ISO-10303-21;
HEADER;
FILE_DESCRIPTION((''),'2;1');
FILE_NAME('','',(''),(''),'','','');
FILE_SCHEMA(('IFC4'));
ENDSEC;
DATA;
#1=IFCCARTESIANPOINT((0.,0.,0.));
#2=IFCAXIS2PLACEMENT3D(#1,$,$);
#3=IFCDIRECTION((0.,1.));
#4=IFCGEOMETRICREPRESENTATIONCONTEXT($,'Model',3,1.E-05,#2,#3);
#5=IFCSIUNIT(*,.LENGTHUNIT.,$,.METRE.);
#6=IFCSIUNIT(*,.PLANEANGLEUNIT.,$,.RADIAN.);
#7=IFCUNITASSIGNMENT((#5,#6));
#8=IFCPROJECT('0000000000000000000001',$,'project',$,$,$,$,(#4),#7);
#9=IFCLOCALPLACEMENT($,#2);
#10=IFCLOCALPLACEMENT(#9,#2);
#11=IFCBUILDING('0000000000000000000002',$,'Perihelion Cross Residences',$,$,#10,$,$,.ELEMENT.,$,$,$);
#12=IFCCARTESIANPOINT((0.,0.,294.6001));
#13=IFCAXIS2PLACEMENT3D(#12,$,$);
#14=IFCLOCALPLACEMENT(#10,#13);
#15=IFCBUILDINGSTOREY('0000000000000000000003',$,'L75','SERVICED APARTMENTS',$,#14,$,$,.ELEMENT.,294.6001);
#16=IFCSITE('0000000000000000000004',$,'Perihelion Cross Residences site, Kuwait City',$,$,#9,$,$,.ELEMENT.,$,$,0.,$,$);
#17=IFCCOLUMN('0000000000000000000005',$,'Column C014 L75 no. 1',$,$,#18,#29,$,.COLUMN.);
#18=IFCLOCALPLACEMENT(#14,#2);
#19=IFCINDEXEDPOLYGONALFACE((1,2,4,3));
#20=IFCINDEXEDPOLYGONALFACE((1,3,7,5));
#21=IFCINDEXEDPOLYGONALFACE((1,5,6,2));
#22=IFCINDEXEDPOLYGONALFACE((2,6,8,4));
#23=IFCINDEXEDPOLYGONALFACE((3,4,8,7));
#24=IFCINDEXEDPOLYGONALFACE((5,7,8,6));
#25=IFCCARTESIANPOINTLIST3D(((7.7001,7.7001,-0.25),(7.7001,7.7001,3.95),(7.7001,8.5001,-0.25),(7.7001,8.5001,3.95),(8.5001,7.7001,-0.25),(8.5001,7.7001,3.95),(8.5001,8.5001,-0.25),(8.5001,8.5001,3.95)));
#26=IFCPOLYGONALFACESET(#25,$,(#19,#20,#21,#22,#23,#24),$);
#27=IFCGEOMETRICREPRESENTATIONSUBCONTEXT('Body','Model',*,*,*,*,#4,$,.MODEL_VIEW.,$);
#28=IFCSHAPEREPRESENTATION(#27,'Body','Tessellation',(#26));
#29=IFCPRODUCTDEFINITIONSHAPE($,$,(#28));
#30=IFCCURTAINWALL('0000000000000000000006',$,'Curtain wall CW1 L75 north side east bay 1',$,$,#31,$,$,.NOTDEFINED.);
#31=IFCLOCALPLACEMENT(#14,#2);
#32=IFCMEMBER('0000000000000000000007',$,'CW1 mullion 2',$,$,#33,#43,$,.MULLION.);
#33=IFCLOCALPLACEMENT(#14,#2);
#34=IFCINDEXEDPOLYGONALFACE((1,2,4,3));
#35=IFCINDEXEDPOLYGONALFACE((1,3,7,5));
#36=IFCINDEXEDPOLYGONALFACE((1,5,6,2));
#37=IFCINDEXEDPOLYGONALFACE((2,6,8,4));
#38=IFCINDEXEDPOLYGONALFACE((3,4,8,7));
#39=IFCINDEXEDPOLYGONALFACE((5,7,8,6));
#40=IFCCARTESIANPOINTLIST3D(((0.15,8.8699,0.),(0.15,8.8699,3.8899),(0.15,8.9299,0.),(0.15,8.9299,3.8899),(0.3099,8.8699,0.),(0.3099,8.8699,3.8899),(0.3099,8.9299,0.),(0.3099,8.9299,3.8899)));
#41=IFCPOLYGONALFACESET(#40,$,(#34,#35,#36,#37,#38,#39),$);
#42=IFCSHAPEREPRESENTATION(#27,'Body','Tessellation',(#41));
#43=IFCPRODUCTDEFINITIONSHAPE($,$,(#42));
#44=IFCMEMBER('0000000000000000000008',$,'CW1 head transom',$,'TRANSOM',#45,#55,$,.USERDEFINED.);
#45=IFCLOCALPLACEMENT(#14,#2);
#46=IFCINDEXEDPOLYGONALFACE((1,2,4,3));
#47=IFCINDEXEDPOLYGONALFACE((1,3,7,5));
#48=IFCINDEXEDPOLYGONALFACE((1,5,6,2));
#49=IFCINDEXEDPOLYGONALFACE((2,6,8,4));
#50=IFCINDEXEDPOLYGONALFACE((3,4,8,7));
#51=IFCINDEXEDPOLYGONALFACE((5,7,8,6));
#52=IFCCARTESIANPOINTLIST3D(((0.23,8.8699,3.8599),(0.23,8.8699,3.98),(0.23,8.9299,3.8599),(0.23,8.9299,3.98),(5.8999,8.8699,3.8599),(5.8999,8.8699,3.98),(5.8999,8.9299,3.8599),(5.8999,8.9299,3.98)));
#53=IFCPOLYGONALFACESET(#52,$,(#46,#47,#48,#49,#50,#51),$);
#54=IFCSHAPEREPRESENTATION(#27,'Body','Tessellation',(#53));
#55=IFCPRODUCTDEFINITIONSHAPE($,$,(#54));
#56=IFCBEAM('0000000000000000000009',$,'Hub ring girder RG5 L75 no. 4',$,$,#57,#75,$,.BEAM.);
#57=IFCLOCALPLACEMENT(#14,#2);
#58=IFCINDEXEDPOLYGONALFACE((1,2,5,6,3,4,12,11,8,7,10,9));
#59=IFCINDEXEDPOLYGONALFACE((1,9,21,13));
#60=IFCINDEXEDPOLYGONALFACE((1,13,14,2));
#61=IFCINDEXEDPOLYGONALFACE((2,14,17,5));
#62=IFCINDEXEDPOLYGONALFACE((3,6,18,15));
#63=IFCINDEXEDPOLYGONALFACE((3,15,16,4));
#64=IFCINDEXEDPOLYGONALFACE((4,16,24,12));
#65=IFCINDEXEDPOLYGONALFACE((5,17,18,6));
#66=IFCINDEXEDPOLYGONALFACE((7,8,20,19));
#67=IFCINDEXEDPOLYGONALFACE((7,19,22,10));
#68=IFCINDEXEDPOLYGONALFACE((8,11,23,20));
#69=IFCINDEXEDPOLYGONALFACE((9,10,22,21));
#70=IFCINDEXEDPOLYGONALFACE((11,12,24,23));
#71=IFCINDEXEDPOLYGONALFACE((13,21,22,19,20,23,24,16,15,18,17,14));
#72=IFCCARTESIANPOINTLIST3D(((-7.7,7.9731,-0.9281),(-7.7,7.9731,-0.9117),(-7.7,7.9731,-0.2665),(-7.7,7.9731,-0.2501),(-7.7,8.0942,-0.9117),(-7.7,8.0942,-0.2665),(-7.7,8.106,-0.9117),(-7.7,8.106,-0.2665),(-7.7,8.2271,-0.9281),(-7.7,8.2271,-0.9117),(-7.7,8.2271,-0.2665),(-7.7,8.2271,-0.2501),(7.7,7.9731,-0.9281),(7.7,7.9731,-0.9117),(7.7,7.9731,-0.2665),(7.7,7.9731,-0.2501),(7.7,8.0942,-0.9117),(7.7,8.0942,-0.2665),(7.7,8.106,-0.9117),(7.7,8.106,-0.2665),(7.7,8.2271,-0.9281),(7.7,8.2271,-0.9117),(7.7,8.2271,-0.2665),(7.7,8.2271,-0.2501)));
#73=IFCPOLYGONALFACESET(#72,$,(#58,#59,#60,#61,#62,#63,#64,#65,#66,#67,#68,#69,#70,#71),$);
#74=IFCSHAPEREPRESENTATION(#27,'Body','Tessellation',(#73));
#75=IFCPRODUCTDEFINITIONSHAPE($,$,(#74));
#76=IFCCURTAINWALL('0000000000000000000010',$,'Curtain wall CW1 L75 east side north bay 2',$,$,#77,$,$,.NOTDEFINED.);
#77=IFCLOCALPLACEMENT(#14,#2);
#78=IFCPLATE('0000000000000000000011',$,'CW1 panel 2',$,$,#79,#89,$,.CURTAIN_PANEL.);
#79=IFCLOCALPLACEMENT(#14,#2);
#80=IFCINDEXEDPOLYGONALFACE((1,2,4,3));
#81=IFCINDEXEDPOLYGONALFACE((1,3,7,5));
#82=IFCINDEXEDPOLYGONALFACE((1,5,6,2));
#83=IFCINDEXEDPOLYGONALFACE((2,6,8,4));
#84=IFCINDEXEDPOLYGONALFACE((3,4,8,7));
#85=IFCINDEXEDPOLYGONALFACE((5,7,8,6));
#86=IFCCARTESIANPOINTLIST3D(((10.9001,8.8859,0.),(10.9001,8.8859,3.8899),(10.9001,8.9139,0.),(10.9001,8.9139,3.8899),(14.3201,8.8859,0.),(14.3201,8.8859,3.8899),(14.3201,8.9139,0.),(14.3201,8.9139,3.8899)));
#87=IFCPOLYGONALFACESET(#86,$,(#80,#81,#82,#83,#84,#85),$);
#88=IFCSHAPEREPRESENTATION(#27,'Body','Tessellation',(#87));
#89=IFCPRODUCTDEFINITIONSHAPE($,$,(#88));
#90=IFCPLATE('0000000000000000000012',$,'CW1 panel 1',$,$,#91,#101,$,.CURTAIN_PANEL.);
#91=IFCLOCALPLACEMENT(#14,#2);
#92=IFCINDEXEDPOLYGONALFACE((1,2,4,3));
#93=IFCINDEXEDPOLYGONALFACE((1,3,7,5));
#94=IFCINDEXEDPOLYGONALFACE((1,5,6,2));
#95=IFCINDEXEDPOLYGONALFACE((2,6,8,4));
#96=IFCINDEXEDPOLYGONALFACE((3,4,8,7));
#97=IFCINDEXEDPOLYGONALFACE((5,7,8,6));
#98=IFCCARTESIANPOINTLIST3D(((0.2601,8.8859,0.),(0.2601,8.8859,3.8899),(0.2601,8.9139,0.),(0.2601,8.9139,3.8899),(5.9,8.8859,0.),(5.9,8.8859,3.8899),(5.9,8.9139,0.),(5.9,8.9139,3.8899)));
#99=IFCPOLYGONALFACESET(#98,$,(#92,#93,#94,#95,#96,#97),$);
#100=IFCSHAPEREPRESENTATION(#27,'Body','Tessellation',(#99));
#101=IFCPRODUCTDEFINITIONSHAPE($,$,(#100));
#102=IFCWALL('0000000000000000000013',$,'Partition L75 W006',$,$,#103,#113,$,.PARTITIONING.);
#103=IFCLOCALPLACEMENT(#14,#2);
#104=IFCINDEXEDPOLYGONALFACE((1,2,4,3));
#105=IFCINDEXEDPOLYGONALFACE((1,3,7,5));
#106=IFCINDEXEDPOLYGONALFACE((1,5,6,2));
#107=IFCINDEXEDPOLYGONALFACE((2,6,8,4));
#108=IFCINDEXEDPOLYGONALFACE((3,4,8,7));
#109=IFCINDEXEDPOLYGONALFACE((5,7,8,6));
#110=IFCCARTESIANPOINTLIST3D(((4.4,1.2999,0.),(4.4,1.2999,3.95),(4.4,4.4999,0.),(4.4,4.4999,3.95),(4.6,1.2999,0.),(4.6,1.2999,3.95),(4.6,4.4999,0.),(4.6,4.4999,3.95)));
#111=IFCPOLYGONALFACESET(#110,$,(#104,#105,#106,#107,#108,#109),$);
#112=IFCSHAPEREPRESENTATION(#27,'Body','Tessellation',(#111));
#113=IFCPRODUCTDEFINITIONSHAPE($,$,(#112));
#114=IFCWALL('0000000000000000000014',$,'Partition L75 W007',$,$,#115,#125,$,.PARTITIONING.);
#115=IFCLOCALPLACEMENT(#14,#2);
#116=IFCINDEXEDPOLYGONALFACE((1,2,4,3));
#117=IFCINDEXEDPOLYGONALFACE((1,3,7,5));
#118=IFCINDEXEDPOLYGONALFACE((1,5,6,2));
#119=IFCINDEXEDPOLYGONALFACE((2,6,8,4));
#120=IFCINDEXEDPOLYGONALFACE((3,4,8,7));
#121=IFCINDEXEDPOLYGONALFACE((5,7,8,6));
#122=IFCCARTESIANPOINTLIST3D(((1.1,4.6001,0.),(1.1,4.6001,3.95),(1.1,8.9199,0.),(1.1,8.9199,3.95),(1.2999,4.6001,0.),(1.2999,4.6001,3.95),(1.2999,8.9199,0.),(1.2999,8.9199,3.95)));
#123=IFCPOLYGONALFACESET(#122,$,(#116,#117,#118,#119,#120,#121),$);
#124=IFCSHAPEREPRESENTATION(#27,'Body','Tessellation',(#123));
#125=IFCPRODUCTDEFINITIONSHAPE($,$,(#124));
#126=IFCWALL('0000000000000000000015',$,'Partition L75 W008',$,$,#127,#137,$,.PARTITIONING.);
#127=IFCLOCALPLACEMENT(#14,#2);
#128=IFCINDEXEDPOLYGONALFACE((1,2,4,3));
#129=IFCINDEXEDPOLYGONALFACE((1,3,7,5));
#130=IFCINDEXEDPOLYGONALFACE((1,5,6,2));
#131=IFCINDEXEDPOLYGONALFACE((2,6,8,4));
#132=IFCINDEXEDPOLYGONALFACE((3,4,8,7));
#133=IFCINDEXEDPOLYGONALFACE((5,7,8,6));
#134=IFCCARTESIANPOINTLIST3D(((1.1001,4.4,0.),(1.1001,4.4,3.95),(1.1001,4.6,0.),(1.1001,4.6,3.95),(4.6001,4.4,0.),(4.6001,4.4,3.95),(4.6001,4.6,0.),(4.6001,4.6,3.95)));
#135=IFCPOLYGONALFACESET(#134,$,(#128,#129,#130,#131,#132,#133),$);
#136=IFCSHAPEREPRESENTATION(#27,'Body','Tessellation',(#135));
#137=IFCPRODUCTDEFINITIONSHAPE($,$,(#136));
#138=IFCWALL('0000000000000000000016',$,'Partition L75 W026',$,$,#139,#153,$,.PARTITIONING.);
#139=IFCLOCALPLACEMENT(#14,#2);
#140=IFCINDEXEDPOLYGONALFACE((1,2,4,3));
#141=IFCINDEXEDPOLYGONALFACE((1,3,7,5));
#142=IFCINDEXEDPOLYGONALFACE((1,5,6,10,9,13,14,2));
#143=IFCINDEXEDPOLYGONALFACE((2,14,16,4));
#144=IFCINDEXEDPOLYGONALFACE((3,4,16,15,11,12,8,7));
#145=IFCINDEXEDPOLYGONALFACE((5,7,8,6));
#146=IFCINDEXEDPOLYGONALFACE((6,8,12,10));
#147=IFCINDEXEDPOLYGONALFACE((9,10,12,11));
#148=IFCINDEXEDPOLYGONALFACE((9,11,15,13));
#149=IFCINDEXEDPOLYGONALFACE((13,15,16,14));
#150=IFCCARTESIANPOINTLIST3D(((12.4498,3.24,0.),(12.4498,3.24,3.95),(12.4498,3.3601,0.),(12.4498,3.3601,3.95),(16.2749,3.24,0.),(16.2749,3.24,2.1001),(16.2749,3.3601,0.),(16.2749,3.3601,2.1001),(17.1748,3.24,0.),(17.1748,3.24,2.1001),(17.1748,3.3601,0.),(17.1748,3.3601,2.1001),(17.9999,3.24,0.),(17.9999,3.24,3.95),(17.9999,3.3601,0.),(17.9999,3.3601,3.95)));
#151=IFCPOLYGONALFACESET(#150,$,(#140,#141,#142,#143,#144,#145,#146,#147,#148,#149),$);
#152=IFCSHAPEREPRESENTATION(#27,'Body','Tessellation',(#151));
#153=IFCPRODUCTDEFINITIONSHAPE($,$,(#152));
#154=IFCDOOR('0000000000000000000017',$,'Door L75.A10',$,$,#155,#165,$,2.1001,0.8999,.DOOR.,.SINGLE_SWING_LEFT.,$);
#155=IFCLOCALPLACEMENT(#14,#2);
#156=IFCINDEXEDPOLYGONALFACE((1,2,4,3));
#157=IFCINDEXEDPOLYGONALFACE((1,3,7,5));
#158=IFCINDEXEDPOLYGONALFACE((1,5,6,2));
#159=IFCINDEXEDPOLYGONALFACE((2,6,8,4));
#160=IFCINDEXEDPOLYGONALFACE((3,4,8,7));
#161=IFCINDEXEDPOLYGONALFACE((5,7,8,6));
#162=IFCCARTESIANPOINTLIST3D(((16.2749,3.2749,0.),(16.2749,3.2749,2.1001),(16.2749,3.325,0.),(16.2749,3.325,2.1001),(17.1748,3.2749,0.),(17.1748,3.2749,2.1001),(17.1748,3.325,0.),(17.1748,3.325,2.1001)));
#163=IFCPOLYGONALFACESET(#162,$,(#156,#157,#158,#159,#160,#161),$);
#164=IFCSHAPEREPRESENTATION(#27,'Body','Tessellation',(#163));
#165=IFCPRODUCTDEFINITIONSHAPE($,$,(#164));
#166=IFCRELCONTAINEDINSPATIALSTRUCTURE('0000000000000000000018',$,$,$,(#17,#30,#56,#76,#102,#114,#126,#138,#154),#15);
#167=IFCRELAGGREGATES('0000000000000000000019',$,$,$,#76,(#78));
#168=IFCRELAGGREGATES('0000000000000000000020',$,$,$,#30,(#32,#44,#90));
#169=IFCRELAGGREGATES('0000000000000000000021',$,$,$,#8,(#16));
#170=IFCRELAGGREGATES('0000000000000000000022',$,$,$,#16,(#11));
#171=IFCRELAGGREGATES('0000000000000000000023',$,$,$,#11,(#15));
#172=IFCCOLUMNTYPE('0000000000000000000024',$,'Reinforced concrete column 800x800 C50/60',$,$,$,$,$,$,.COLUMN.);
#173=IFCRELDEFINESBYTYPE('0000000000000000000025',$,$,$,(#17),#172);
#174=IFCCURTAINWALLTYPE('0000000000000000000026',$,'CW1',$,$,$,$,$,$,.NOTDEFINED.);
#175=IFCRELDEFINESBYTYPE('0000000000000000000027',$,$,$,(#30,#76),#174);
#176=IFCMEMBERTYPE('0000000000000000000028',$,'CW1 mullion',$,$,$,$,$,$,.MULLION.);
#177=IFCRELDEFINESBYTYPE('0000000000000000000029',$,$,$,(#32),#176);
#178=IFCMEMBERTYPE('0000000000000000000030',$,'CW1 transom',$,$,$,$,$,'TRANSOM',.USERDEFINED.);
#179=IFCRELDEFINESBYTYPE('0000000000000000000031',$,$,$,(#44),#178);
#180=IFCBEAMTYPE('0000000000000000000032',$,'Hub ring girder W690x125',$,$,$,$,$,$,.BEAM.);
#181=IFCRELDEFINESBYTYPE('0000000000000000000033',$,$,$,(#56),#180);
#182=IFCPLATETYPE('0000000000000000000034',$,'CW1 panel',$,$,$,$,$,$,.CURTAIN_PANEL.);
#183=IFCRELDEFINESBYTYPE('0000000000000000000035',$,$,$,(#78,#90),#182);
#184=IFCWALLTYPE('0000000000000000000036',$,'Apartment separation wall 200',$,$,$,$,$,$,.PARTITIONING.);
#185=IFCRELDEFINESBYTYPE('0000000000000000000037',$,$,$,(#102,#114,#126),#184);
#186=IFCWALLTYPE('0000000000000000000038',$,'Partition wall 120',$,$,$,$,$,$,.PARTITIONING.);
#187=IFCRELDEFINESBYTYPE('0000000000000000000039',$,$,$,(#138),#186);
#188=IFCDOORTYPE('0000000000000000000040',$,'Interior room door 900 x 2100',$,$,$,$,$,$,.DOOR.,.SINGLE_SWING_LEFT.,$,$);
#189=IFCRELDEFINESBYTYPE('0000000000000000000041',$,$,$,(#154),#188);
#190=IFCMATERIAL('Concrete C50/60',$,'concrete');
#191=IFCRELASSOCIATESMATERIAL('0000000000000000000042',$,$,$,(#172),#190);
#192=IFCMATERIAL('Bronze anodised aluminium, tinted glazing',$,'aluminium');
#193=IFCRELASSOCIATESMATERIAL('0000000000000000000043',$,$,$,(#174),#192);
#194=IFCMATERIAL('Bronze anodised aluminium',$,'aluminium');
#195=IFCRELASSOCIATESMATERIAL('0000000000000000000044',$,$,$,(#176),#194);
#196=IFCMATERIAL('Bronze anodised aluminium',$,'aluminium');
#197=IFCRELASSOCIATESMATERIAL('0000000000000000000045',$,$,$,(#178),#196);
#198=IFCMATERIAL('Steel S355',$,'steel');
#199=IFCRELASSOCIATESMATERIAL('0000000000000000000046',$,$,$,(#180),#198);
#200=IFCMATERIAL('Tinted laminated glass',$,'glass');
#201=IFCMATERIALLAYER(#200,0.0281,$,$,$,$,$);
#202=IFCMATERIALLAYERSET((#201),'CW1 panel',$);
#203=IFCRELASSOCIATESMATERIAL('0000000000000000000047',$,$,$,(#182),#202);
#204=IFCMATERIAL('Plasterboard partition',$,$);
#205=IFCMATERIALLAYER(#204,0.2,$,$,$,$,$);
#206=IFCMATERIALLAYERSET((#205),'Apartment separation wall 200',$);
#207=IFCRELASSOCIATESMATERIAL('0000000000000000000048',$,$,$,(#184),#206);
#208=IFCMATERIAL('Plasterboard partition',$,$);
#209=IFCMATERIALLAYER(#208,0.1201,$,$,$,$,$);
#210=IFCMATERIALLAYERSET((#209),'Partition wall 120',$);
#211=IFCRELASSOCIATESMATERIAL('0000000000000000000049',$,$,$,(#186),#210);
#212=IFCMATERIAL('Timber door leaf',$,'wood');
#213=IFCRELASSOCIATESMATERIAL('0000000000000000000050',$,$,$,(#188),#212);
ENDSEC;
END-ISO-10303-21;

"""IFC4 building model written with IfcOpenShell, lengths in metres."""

from ifc_helpers import new_model, si_unit, direction, frame, frame_2d, origin, origin_2d, place, context, subcontext, project, spatial, rectangle, i_section, extrude, material, layer, layer_set, material_profile, profile_set, type_object, element, fill, aggregate, save


model = new_model("IFC4")

# Units and contexts
model_context = context("Model", 3, precision=1e-05, world=origin(), true_north=direction((0.0, 1.0)))
body_context = subcontext(model_context, "Body", "Model", "MODEL_VIEW")
ifc_project = project(units=[si_unit("LENGTHUNIT", "METRE"), si_unit("PLANEANGLEUNIT", "RADIAN")], contexts=[model_context])

# Site, building, storey
site_placement = place(None, origin())
site = spatial("IfcSite", under=ifc_project, at=site_placement, Name="Perihelion Cross Residences site, Kuwait City", CompositionType="ELEMENT", RefElevation=0.0)
building_placement = place(site_placement, origin())
building = spatial("IfcBuilding", under=site, at=building_placement, Name="Perihelion Cross Residences", CompositionType="ELEMENT")
storey_placement = place(building_placement, frame((0.0, 0.0, 294.6001)))
storey = spatial("IfcBuildingStorey", under=building, at=storey_placement, Name="L75", Description="SERVICED APARTMENTS", CompositionType="ELEMENT", Elevation=294.6001)

# Column
ifc_material_1 = material(Name="Concrete C50/60", Category="concrete")
ifc_material_profile_1 = material_profile(ifc_material_1, rectangle(XDim=0.8, YDim=0.8, at=origin_2d()), Name="RC 800x800")
ifc_profile_set_1 = profile_set([ifc_material_profile_1], Name="Concrete C50/60")
column_type = type_object("IfcColumnType", Name="Reinforced concrete column 800x800 C50/60", PredefinedType="COLUMN", material=ifc_profile_set_1)
column_placement = place(storey_placement, frame((8.1001, 8.1001, -0.25), z_axis=(0.0, 0.0, 1.0), x_axis=(1.0, 0.0, 0.0)))
element("IfcColumn", 1, at=column_placement, inside=storey, type_object=column_type, Name="Column C014 L75 no. 1", PredefinedType="COLUMN", context=body_context, shape_type="SweptSolid", body=[
    extrude(rectangle(XDim=0.8, YDim=0.8, at=origin_2d()), origin(), (0.0, 0.0, 1.0), 4.2),
])

# Curtain wall, members
ifc_material_2 = material(Name="Bronze anodised aluminium, tinted glazing", Category="aluminium")
curtain_wall_type = type_object("IfcCurtainWallType", Name="CW1", PredefinedType="NOTDEFINED", material=ifc_material_2)
curtain_wall_1_placement = place(storey_placement, origin())
curtain_wall_1 = element("IfcCurtainWall", 2, at=curtain_wall_1_placement, inside=storey, type_object=curtain_wall_type, Name="Curtain wall CW1 L75 north side east bay 1", PredefinedType="NOTDEFINED")
ifc_material_3 = material(Name="Bronze anodised aluminium", Category="aluminium")
ifc_material_profile_2 = material_profile(ifc_material_3, rectangle(XDim=0.0601, YDim=0.1599, at=origin_2d()), Name="CW1 mullion")
ifc_profile_set_2 = profile_set([ifc_material_profile_2], Name="Bronze anodised aluminium")
member_type_1 = type_object("IfcMemberType", Name="CW1 mullion", PredefinedType="MULLION", material=ifc_profile_set_2)
member_1_placement = place(storey_placement, frame((0.23, 8.8999, 0.0), z_axis=(0.0, 0.0, 1.0), x_axis=(0.0, -1.0, 0.0)))
member_1 = element("IfcMember", 3, at=member_1_placement, type_object=member_type_1, Name="CW1 mullion 2", PredefinedType="MULLION", context=body_context, shape_type="SweptSolid", body=[
    extrude(rectangle(XDim=0.0601, YDim=0.1599, at=origin_2d()), origin(), (0.0, 0.0, 1.0), 3.8899),
])
ifc_material_4 = material(Name="Bronze anodised aluminium", Category="aluminium")
ifc_material_profile_3 = material_profile(ifc_material_4, rectangle(XDim=0.0601, YDim=0.1201, at=origin_2d()), Name="CW1 transom")
ifc_profile_set_3 = profile_set([ifc_material_profile_3], Name="Bronze anodised aluminium")
member_type_2 = type_object("IfcMemberType", Name="CW1 transom", ElementType="TRANSOM", PredefinedType="USERDEFINED", material=ifc_profile_set_3)
member_2_placement = place(storey_placement, frame((5.8999, 8.8999, 3.9199), z_axis=(-1.0, 0.0, 0.0), x_axis=(0.0, -1.0, 0.0)))
member_2 = element("IfcMember", 4, at=member_2_placement, type_object=member_type_2, Name="CW1 head transom", ObjectType="TRANSOM", PredefinedType="USERDEFINED", context=body_context, shape_type="SweptSolid", body=[
    extrude(rectangle(XDim=0.0601, YDim=0.1201, at=origin_2d()), origin(), (0.0, 0.0, 1.0), 5.6699),
])

# Beam
ifc_material_5 = material(Name="Steel S355", Category="steel")
ifc_material_profile_4 = material_profile(ifc_material_5, i_section(OverallWidth=0.2539, OverallDepth=0.678, WebThickness=0.0117, FlangeThickness=0.0164, at=origin_2d()), Name="W690x125")
ifc_profile_set_4 = profile_set([ifc_material_profile_4], Name="Steel S355")
beam_type = type_object("IfcBeamType", Name="Hub ring girder W690x125", PredefinedType="BEAM", material=ifc_profile_set_4)
beam_placement = place(storey_placement, frame((7.7, 8.1001, -0.5891), z_axis=(-1.0, 0.0, 0.0), x_axis=(0.0, -1.0, 0.0)))
element("IfcBeam", 5, at=beam_placement, inside=storey, type_object=beam_type, Name="Hub ring girder RG5 L75 no. 4", PredefinedType="BEAM", context=body_context, shape_type="SweptSolid", body=[
    extrude(i_section(OverallWidth=0.2539, OverallDepth=0.678, WebThickness=0.0117, FlangeThickness=0.0164, at=origin_2d()), origin(), (0.0, 0.0, 1.0), 15.3999),
])

# Curtain wall, plate
curtain_wall_2_placement = place(storey_placement, origin())
curtain_wall_2 = element("IfcCurtainWall", 6, at=curtain_wall_2_placement, inside=storey, type_object=curtain_wall_type, Name="Curtain wall CW1 L75 east side north bay 2", PredefinedType="NOTDEFINED")
ifc_material_6 = material(Name="Tinted laminated glass", Category="glass")
ifc_layer_1 = layer(ifc_material_6, 0.0281)
ifc_layer_set_1 = layer_set([ifc_layer_1], Name="CW1 panel")
plate_type = type_object("IfcPlateType", Name="CW1 panel", PredefinedType="CURTAIN_PANEL", material=ifc_layer_set_1)
plate_1_placement = place(storey_placement, frame((12.6101, 8.8999, 0.0), z_axis=(0.0, 0.0, 1.0), x_axis=(-1.0, 0.0, 0.0)))
plate_1 = element("IfcPlate", 7, at=plate_1_placement, type_object=plate_type, Name="CW1 panel 2", PredefinedType="CURTAIN_PANEL", context=body_context, shape_type="SweptSolid", body=[
    extrude(rectangle(XDim=3.4199, YDim=0.0281, at=origin_2d()), origin(), (0.0, 0.0, 1.0), 3.8899),
])
aggregate(curtain_wall_2, [plate_1])

# Plate
plate_2_placement = place(storey_placement, frame((3.0801, 8.8999, 0.0), z_axis=(0.0, 0.0, 1.0), x_axis=(-1.0, 0.0, 0.0)))
plate_2 = element("IfcPlate", 8, at=plate_2_placement, type_object=plate_type, Name="CW1 panel 1", PredefinedType="CURTAIN_PANEL", context=body_context, shape_type="SweptSolid", body=[
    extrude(rectangle(XDim=5.6399, YDim=0.0281, at=origin_2d()), origin(), (0.0, 0.0, 1.0), 3.8899),
])
aggregate(curtain_wall_1, [member_1, member_2, plate_2])

# Walls
ifc_material_7 = material(Name="Plasterboard partition")
ifc_layer_2 = layer(ifc_material_7, 0.2)
ifc_layer_set_2 = layer_set([ifc_layer_2], Name="Apartment separation wall 200")
wall_type_1 = type_object("IfcWallType", Name="Apartment separation wall 200", PredefinedType="PARTITIONING", material=ifc_layer_set_2)
wall_1_placement = place(storey_placement, frame((4.5, 4.5, 0.0), z_axis=(0.0, 0.0, 1.0), x_axis=(0.0, -1.0, 0.0)))
element("IfcWall", 9, at=wall_1_placement, inside=storey, type_object=wall_type_1, Name="Partition L75 W006", PredefinedType="PARTITIONING", context=body_context, shape_type="SweptSolid", body=[
    extrude(rectangle(XDim=3.2, YDim=0.2, at=frame_2d((1.6001, 0.0))), origin(), (0.0, 0.0, 1.0), 3.95),
])
wall_2_placement = place(storey_placement, frame((1.2, 8.9199, 0.0), z_axis=(0.0, 0.0, 1.0), x_axis=(0.0, -1.0, 0.0)))
element("IfcWall", 10, at=wall_2_placement, inside=storey, type_object=wall_type_1, Name="Partition L75 W007", PredefinedType="PARTITIONING", context=body_context, shape_type="SweptSolid", body=[
    extrude(rectangle(XDim=4.3198, YDim=0.2, at=frame_2d((2.1599, 0.0))), origin(), (0.0, 0.0, 1.0), 3.95),
])
wall_3_placement = place(storey_placement, frame((1.1001, 4.5, 0.0), z_axis=(0.0, 0.0, 1.0), x_axis=(1.0, 0.0, 0.0)))
element("IfcWall", 11, at=wall_3_placement, inside=storey, type_object=wall_type_1, Name="Partition L75 W008", PredefinedType="PARTITIONING", context=body_context, shape_type="SweptSolid", body=[
    extrude(rectangle(XDim=3.5, YDim=0.2, at=frame_2d((1.75, 0.0))), origin(), (0.0, 0.0, 1.0), 3.95),
])

# Wall, opening, door
ifc_material_8 = material(Name="Plasterboard partition")
ifc_layer_3 = layer(ifc_material_8, 0.1201)
ifc_layer_set_3 = layer_set([ifc_layer_3], Name="Partition wall 120")
wall_type_2 = type_object("IfcWallType", Name="Partition wall 120", PredefinedType="PARTITIONING", material=ifc_layer_set_3)
wall_4_placement = place(storey_placement, frame((12.45, 3.3, 0.0), z_axis=(0.0, 0.0, 1.0), x_axis=(1.0, 0.0, 0.0)))
wall_4 = element("IfcWall", 12, at=wall_4_placement, inside=storey, type_object=wall_type_2, Name="Partition L75 W026", PredefinedType="PARTITIONING", context=body_context, shape_type="SweptSolid", body=[
    extrude(rectangle(XDim=5.55, YDim=0.1201, at=frame_2d((2.7749, 0.0))), origin(), (0.0, 0.0, 1.0), 3.95),
])
opening_1_placement = place(wall_4_placement, frame((3.825, 0.0, 0.0)))
opening_1 = element("IfcOpeningElement", 13, at=opening_1_placement, cuts=wall_4, PredefinedType="OPENING", context=body_context, shape_type="SweptSolid", body=[
    extrude(rectangle(XDim=0.8999, YDim=2.1001, at=frame_2d((0.45, 1.05))), frame((0.0, 0.0701, 0.0), z_axis=(0.0, -1.0, 0.0), x_axis=(1.0, 0.0, 0.0)), (0.0, 0.0, 1.0), 0.1401),
])
ifc_material_9 = material(Name="Timber door leaf", Category="wood")
door_type_1 = type_object("IfcDoorType", Name="Interior room door 900 x 2100", OperationType="SINGLE_SWING_LEFT", PredefinedType="DOOR", material=ifc_material_9)
door_1_placement = place(opening_1_placement, origin())
door_1 = element("IfcDoor", 14, at=door_1_placement, inside=storey, type_object=door_type_1, Name="Door L75.A10", OperationType="SINGLE_SWING_LEFT", OverallHeight=2.1001, OverallWidth=0.8999, PredefinedType="DOOR", context=body_context, shape_type="SweptSolid", body=[
    extrude(rectangle(XDim=0.8999, YDim=2.1001, at=frame_2d((0.45, 1.05))), frame((0.0, 0.0249, 0.0), z_axis=(0.0, -1.0, 0.0), x_axis=(1.0, 0.0, 0.0)), (0.0, 0.0, 1.0), 0.05),
])
fill(opening_1, door_1)

save(model, "model.ifc")
